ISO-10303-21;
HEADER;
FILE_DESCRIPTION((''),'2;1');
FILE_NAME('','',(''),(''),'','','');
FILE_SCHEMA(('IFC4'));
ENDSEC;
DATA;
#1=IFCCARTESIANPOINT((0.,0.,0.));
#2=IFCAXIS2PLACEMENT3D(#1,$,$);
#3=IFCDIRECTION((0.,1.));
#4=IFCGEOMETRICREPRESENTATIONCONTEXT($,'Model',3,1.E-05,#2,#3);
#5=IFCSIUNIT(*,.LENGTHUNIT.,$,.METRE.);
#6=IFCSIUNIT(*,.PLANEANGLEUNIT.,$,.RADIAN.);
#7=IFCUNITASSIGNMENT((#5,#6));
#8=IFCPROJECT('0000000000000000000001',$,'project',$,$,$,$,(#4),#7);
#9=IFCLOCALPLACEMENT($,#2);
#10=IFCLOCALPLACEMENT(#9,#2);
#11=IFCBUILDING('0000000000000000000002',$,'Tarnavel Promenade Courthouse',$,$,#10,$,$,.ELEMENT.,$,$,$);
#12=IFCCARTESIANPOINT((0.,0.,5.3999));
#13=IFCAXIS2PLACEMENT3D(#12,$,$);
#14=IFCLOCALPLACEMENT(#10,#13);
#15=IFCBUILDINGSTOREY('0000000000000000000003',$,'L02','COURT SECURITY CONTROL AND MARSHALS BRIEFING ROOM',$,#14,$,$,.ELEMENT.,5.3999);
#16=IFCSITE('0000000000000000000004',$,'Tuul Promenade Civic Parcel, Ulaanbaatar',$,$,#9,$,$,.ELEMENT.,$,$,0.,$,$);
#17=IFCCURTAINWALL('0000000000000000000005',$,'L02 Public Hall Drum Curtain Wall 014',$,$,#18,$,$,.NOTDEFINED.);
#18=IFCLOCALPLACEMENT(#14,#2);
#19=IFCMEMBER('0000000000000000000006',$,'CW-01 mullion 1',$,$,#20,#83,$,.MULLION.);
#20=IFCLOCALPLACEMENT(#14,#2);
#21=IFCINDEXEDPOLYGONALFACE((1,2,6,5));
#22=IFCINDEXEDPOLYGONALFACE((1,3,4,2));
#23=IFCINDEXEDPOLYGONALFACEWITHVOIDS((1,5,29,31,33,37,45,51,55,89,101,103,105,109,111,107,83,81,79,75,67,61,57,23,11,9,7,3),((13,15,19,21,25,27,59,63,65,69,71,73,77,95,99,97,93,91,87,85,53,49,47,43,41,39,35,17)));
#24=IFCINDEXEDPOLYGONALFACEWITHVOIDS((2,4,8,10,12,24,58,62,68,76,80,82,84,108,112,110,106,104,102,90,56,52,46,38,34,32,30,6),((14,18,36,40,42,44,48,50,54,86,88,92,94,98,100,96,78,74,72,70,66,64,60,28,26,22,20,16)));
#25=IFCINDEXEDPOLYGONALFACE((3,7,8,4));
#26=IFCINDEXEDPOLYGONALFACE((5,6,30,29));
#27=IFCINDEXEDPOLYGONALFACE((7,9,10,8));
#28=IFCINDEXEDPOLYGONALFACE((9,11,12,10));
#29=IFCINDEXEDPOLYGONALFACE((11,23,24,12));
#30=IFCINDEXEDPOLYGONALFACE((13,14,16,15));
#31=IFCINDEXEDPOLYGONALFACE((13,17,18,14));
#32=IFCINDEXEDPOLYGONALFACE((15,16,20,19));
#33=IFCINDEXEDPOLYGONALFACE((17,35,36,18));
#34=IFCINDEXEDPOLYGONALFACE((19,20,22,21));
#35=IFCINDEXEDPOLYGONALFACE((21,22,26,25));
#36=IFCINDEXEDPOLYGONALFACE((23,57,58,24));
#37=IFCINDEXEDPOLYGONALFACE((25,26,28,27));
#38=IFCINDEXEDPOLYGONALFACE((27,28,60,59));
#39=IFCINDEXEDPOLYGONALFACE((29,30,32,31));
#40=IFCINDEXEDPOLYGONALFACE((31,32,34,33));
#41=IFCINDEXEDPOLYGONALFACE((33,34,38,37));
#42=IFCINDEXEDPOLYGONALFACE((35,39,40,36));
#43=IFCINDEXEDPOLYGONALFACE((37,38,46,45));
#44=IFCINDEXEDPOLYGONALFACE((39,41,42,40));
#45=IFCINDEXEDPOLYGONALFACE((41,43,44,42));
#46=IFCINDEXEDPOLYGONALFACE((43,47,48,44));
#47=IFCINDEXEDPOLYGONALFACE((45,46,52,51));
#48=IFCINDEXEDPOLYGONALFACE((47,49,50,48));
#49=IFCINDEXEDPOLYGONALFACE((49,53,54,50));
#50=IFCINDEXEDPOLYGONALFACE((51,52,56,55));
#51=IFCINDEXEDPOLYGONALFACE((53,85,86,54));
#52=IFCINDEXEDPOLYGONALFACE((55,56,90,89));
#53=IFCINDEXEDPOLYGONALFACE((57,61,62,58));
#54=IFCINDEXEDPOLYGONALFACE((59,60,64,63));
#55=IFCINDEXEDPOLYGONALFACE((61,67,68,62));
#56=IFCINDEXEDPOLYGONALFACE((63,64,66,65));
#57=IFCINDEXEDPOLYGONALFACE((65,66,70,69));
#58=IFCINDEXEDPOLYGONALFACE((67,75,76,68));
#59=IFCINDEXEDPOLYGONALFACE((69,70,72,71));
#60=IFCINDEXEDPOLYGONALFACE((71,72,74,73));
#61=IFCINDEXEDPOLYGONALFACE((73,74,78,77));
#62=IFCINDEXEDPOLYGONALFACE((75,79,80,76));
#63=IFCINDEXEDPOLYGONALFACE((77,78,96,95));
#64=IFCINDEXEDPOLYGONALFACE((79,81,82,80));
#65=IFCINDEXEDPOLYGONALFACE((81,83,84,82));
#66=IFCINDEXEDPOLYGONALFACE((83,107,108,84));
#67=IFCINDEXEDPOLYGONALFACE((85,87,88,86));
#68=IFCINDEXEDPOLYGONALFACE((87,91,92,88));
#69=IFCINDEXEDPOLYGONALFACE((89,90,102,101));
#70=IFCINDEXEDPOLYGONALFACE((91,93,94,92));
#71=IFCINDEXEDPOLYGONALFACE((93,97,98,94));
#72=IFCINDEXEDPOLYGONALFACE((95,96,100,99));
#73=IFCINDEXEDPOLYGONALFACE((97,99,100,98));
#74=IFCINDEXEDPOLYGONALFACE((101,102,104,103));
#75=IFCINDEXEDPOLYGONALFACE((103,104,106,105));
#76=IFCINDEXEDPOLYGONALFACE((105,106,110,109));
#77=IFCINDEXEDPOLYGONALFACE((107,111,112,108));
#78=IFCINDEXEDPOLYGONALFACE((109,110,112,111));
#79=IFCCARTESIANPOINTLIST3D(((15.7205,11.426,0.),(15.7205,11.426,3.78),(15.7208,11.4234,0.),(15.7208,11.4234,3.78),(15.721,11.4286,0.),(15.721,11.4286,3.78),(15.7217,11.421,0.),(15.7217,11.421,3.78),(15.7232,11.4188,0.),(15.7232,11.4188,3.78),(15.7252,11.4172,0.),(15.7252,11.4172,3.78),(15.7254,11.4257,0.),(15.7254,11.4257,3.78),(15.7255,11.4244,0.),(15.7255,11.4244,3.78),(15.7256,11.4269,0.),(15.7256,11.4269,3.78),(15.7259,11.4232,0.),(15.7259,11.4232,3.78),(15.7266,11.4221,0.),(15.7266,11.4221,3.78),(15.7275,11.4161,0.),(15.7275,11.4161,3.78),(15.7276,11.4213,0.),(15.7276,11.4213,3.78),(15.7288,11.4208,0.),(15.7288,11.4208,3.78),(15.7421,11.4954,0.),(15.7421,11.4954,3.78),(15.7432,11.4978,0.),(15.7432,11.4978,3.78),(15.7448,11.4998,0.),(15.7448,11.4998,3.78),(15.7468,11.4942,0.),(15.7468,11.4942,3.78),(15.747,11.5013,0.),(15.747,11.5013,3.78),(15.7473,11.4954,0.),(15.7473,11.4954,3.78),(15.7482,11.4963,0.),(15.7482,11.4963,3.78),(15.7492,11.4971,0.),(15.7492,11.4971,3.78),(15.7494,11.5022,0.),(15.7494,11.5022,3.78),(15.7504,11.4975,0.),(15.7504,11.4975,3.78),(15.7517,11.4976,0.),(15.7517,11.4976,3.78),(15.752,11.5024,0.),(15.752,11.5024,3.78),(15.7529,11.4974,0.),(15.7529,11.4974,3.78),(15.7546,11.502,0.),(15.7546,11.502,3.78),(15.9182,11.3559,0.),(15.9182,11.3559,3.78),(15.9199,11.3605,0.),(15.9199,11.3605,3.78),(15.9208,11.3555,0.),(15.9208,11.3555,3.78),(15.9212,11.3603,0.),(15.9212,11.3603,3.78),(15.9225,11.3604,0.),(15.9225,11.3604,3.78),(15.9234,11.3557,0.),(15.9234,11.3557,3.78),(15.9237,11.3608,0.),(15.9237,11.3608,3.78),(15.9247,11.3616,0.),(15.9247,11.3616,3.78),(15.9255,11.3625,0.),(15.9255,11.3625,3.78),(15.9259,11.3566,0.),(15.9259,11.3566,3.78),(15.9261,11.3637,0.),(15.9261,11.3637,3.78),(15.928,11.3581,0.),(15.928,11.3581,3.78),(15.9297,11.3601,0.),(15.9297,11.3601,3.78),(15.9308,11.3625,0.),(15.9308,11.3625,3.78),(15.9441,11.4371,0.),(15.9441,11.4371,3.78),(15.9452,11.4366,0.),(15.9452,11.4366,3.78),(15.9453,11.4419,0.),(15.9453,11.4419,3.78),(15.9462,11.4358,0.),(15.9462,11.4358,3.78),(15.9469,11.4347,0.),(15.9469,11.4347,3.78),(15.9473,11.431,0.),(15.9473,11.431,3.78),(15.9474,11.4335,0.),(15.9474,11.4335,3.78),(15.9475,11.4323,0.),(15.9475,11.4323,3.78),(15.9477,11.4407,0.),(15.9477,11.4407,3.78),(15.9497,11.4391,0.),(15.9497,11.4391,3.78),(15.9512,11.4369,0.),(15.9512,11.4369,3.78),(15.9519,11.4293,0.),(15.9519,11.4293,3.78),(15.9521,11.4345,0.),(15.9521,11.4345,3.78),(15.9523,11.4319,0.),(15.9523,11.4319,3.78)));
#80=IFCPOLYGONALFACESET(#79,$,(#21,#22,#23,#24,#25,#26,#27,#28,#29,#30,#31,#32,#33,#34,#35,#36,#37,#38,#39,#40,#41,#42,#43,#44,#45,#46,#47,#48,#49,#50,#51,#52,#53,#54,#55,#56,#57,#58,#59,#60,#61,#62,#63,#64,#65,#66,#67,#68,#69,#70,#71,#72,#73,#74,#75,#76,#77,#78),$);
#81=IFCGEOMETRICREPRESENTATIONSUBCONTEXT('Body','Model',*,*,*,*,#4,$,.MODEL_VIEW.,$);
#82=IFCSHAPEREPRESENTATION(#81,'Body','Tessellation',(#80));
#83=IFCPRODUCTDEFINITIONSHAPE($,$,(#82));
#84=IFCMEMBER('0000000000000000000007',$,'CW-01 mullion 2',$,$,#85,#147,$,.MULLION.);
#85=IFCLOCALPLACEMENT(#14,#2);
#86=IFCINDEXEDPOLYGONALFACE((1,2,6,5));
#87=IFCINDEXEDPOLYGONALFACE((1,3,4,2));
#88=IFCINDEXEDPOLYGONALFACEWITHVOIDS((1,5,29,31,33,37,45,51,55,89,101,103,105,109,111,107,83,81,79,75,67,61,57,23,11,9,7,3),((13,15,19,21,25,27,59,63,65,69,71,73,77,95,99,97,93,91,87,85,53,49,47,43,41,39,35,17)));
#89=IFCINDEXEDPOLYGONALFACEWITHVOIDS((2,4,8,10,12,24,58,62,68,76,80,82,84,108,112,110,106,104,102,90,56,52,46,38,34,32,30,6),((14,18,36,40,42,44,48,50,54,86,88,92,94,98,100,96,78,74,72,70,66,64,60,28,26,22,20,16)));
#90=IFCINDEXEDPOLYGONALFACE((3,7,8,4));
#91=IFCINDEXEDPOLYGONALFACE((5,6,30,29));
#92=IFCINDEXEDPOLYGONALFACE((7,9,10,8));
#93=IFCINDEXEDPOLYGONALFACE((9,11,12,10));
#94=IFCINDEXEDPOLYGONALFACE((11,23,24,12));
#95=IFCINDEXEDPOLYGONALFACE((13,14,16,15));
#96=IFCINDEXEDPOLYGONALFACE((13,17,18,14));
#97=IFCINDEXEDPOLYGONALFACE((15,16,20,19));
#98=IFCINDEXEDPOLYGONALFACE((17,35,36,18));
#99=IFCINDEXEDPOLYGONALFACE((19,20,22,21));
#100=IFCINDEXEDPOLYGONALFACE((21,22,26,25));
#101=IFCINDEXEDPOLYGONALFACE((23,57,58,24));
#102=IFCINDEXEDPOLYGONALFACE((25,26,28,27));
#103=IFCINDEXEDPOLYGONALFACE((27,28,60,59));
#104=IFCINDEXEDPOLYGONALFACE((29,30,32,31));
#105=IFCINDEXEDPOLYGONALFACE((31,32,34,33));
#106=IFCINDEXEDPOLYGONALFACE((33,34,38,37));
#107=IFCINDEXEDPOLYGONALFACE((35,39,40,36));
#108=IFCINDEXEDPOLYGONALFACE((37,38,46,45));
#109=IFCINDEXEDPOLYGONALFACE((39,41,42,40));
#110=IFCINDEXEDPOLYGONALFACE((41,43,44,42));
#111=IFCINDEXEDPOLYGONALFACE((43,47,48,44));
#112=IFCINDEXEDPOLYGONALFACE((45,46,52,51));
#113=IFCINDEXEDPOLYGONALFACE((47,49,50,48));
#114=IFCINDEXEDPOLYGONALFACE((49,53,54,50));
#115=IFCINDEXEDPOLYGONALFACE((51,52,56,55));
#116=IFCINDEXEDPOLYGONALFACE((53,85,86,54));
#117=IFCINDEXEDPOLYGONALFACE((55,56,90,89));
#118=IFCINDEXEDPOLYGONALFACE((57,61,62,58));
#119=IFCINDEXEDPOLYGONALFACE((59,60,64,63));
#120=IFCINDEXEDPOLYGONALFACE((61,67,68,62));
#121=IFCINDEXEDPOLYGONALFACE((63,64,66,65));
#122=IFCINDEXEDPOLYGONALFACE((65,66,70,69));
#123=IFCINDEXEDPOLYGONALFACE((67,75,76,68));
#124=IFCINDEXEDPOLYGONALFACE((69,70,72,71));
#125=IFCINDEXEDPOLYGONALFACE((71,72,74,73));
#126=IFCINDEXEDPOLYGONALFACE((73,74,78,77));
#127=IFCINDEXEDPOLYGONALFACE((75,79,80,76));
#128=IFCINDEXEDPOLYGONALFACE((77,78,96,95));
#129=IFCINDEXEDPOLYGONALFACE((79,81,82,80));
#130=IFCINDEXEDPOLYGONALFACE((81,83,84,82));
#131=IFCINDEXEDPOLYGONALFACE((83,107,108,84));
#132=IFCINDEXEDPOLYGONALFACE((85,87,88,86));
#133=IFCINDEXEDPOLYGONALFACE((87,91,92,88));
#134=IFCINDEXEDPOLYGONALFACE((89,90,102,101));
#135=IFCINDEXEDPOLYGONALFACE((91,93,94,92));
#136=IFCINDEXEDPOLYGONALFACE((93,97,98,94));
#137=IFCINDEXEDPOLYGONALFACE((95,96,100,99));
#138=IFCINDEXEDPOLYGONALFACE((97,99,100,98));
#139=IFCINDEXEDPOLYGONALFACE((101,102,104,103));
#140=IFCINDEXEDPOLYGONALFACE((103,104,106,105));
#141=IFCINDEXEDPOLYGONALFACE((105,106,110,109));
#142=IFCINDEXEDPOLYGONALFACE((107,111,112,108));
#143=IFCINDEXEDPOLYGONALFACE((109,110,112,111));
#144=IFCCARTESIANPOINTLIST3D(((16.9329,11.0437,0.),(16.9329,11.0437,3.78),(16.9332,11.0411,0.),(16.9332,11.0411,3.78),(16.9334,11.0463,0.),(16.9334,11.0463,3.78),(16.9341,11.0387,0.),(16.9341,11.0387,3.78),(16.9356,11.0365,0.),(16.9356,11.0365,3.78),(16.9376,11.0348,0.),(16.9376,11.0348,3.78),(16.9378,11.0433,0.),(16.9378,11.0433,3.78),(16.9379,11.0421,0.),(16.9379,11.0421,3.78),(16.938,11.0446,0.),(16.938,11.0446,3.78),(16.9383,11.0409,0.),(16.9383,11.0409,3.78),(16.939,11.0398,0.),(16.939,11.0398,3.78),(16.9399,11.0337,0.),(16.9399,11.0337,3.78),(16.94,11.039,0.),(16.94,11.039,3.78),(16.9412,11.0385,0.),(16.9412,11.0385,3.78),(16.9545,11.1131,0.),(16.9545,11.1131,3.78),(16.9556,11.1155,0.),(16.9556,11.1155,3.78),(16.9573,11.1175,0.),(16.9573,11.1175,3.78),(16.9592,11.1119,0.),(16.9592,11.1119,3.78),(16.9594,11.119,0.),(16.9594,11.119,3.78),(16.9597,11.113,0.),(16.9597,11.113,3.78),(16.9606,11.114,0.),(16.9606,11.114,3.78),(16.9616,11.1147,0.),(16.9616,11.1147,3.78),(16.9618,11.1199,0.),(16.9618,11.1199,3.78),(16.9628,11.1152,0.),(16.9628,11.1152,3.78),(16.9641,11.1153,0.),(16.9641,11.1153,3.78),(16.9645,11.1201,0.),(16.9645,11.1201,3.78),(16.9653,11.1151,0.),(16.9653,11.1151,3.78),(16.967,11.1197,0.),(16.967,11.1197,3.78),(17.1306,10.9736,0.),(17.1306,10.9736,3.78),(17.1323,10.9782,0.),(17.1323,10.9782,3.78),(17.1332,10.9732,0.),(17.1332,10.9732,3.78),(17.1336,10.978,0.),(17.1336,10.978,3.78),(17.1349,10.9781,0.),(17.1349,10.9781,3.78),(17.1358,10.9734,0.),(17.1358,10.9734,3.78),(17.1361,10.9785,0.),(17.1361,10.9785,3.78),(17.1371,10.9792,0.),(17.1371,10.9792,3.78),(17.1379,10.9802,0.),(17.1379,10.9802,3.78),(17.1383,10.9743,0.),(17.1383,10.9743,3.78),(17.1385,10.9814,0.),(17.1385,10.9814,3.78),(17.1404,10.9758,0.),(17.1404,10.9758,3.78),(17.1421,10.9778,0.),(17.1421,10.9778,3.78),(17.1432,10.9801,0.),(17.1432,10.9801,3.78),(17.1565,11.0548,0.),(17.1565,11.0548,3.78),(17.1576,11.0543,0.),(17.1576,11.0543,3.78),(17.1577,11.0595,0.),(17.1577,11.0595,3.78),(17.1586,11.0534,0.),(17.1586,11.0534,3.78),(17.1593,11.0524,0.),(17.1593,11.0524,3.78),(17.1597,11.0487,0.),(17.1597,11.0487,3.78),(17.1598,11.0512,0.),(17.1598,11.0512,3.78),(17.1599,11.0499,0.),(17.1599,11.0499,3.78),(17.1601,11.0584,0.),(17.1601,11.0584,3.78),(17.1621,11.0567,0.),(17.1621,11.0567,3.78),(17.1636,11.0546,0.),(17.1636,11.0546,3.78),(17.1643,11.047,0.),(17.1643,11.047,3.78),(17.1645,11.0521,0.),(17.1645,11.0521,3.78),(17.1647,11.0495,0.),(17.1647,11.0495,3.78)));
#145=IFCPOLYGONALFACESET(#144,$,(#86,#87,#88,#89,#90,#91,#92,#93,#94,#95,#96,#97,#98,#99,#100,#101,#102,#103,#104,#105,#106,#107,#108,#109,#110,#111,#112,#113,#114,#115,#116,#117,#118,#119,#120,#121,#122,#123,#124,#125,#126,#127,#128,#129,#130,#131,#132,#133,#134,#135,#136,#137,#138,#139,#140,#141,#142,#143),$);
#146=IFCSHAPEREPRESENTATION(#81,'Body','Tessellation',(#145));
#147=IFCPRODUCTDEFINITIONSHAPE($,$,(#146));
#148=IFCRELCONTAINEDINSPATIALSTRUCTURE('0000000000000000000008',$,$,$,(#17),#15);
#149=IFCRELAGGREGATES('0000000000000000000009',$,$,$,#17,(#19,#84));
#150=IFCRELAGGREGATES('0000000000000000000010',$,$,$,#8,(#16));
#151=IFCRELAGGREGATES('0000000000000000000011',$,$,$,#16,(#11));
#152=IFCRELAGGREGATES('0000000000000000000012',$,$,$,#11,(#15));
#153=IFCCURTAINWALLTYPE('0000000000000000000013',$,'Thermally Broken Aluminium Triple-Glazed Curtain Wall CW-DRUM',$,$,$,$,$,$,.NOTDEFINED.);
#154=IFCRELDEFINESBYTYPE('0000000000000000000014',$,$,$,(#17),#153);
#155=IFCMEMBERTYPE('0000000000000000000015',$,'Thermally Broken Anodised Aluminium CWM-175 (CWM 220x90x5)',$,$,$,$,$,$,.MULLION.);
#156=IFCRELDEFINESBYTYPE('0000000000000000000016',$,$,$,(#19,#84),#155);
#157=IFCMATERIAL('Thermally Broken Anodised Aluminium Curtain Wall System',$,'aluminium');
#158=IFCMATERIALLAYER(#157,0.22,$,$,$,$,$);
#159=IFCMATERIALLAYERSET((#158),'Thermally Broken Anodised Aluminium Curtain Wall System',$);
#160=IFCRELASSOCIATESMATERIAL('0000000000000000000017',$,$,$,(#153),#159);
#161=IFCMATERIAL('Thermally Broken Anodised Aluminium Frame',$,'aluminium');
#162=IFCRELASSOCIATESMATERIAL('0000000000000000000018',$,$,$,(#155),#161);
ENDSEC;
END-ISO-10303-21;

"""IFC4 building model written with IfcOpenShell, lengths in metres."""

from ifc_helpers import new_model, si_unit, direction, frame, origin, origin_2d, place, context, subcontext, project, spatial, hollow_rectangle, extrude, material, layer, layer_set, material_profile, profile_set, type_object, element, aggregate, save


model = new_model("IFC4")

# Units and contexts
model_context = context("Model", 3, precision=1e-05, world=origin(), true_north=direction((0.0, 1.0)))
body_context = subcontext(model_context, "Body", "Model", "MODEL_VIEW")
ifc_project = project(units=[si_unit("LENGTHUNIT", "METRE"), si_unit("PLANEANGLEUNIT", "RADIAN")], contexts=[model_context])

# Site, building, storey
site_placement = place(None, origin())
site = spatial("IfcSite", under=ifc_project, at=site_placement, Name="Tuul Promenade Civic Parcel, Ulaanbaatar", CompositionType="ELEMENT", RefElevation=0.0)
building_placement = place(site_placement, origin())
building = spatial("IfcBuilding", under=site, at=building_placement, Name="Tarnavel Promenade Courthouse", CompositionType="ELEMENT")
storey_placement = place(building_placement, frame((0.0, 0.0, 5.3999)))
storey = spatial("IfcBuildingStorey", under=building, at=storey_placement, Name="L02", Description="COURT SECURITY CONTROL AND MARSHALS BRIEFING ROOM", CompositionType="ELEMENT", Elevation=5.3999)

# Curtain wall, members
ifc_material_1 = material(Name="Thermally Broken Anodised Aluminium Curtain Wall System", Category="aluminium")
ifc_layer_1 = layer(ifc_material_1, 0.22)
ifc_layer_set_1 = layer_set([ifc_layer_1], Name="Thermally Broken Anodised Aluminium Curtain Wall System")
curtain_wall_type = type_object("IfcCurtainWallType", Name="Thermally Broken Aluminium Triple-Glazed Curtain Wall CW-DRUM", PredefinedType="NOTDEFINED", material=ifc_layer_set_1)
ifc_material_2 = material(Name="Thermally Broken Anodised Aluminium Frame", Category="aluminium")
ifc_material_profile_1 = material_profile(ifc_material_2, hollow_rectangle(XDim=0.0901, YDim=0.22, WallThickness=0.0049, InnerFilletRadius=0.0049, OuterFilletRadius=0.01, at=origin_2d()), Name="CWM 220x90x5")
ifc_profile_set_1 = profile_set([ifc_material_profile_1], Name="Thermally Broken Anodised Aluminium Frame")
member_type_1 = type_object("IfcMemberType", Name="Thermally Broken Anodised Aluminium CWM-175 (CWM 220x90x5)", PredefinedType="MULLION", material=ifc_profile_set_1)
curtain_wall_1_placement = place(storey_placement, origin())
curtain_wall_1 = element("IfcCurtainWall", 1, at=curtain_wall_1_placement, inside=storey, type_object=curtain_wall_type, Name="L02 Public Hall Drum Curtain Wall 014", PredefinedType="NOTDEFINED")
member_1_placement = place(storey_placement, frame((15.8364, 11.429, 0.0), z_axis=(0.0, 0.0, 1.0), x_axis=(0.300705, 0.953717, 0.0)))
member_1 = element("IfcMember", 2, at=member_1_placement, type_object=member_type_1, Name="CW-01 mullion 1", PredefinedType="MULLION", context=body_context, shape_type="SweptSolid", body=[
    extrude(hollow_rectangle(XDim=0.0901, YDim=0.22, WallThickness=0.0049, InnerFilletRadius=0.0049, OuterFilletRadius=0.01, at=origin_2d()), origin(), (0.0, 0.0, 1.0), 3.78),
])
member_2_placement = place(storey_placement, frame((17.0488, 11.0466, 0.0), z_axis=(0.0, 0.0, 1.0), x_axis=(0.300705, 0.953717, 0.0)))
member_2 = element("IfcMember", 3, at=member_2_placement, type_object=member_type_1, Name="CW-01 mullion 2", PredefinedType="MULLION", context=body_context, shape_type="SweptSolid", body=[
    extrude(hollow_rectangle(XDim=0.0901, YDim=0.22, WallThickness=0.0049, InnerFilletRadius=0.0049, OuterFilletRadius=0.01, at=origin_2d()), origin(), (0.0, 0.0, 1.0), 3.78),
])

aggregate(curtain_wall_1, [member_1, member_2])

save(model, "model.ifc")
